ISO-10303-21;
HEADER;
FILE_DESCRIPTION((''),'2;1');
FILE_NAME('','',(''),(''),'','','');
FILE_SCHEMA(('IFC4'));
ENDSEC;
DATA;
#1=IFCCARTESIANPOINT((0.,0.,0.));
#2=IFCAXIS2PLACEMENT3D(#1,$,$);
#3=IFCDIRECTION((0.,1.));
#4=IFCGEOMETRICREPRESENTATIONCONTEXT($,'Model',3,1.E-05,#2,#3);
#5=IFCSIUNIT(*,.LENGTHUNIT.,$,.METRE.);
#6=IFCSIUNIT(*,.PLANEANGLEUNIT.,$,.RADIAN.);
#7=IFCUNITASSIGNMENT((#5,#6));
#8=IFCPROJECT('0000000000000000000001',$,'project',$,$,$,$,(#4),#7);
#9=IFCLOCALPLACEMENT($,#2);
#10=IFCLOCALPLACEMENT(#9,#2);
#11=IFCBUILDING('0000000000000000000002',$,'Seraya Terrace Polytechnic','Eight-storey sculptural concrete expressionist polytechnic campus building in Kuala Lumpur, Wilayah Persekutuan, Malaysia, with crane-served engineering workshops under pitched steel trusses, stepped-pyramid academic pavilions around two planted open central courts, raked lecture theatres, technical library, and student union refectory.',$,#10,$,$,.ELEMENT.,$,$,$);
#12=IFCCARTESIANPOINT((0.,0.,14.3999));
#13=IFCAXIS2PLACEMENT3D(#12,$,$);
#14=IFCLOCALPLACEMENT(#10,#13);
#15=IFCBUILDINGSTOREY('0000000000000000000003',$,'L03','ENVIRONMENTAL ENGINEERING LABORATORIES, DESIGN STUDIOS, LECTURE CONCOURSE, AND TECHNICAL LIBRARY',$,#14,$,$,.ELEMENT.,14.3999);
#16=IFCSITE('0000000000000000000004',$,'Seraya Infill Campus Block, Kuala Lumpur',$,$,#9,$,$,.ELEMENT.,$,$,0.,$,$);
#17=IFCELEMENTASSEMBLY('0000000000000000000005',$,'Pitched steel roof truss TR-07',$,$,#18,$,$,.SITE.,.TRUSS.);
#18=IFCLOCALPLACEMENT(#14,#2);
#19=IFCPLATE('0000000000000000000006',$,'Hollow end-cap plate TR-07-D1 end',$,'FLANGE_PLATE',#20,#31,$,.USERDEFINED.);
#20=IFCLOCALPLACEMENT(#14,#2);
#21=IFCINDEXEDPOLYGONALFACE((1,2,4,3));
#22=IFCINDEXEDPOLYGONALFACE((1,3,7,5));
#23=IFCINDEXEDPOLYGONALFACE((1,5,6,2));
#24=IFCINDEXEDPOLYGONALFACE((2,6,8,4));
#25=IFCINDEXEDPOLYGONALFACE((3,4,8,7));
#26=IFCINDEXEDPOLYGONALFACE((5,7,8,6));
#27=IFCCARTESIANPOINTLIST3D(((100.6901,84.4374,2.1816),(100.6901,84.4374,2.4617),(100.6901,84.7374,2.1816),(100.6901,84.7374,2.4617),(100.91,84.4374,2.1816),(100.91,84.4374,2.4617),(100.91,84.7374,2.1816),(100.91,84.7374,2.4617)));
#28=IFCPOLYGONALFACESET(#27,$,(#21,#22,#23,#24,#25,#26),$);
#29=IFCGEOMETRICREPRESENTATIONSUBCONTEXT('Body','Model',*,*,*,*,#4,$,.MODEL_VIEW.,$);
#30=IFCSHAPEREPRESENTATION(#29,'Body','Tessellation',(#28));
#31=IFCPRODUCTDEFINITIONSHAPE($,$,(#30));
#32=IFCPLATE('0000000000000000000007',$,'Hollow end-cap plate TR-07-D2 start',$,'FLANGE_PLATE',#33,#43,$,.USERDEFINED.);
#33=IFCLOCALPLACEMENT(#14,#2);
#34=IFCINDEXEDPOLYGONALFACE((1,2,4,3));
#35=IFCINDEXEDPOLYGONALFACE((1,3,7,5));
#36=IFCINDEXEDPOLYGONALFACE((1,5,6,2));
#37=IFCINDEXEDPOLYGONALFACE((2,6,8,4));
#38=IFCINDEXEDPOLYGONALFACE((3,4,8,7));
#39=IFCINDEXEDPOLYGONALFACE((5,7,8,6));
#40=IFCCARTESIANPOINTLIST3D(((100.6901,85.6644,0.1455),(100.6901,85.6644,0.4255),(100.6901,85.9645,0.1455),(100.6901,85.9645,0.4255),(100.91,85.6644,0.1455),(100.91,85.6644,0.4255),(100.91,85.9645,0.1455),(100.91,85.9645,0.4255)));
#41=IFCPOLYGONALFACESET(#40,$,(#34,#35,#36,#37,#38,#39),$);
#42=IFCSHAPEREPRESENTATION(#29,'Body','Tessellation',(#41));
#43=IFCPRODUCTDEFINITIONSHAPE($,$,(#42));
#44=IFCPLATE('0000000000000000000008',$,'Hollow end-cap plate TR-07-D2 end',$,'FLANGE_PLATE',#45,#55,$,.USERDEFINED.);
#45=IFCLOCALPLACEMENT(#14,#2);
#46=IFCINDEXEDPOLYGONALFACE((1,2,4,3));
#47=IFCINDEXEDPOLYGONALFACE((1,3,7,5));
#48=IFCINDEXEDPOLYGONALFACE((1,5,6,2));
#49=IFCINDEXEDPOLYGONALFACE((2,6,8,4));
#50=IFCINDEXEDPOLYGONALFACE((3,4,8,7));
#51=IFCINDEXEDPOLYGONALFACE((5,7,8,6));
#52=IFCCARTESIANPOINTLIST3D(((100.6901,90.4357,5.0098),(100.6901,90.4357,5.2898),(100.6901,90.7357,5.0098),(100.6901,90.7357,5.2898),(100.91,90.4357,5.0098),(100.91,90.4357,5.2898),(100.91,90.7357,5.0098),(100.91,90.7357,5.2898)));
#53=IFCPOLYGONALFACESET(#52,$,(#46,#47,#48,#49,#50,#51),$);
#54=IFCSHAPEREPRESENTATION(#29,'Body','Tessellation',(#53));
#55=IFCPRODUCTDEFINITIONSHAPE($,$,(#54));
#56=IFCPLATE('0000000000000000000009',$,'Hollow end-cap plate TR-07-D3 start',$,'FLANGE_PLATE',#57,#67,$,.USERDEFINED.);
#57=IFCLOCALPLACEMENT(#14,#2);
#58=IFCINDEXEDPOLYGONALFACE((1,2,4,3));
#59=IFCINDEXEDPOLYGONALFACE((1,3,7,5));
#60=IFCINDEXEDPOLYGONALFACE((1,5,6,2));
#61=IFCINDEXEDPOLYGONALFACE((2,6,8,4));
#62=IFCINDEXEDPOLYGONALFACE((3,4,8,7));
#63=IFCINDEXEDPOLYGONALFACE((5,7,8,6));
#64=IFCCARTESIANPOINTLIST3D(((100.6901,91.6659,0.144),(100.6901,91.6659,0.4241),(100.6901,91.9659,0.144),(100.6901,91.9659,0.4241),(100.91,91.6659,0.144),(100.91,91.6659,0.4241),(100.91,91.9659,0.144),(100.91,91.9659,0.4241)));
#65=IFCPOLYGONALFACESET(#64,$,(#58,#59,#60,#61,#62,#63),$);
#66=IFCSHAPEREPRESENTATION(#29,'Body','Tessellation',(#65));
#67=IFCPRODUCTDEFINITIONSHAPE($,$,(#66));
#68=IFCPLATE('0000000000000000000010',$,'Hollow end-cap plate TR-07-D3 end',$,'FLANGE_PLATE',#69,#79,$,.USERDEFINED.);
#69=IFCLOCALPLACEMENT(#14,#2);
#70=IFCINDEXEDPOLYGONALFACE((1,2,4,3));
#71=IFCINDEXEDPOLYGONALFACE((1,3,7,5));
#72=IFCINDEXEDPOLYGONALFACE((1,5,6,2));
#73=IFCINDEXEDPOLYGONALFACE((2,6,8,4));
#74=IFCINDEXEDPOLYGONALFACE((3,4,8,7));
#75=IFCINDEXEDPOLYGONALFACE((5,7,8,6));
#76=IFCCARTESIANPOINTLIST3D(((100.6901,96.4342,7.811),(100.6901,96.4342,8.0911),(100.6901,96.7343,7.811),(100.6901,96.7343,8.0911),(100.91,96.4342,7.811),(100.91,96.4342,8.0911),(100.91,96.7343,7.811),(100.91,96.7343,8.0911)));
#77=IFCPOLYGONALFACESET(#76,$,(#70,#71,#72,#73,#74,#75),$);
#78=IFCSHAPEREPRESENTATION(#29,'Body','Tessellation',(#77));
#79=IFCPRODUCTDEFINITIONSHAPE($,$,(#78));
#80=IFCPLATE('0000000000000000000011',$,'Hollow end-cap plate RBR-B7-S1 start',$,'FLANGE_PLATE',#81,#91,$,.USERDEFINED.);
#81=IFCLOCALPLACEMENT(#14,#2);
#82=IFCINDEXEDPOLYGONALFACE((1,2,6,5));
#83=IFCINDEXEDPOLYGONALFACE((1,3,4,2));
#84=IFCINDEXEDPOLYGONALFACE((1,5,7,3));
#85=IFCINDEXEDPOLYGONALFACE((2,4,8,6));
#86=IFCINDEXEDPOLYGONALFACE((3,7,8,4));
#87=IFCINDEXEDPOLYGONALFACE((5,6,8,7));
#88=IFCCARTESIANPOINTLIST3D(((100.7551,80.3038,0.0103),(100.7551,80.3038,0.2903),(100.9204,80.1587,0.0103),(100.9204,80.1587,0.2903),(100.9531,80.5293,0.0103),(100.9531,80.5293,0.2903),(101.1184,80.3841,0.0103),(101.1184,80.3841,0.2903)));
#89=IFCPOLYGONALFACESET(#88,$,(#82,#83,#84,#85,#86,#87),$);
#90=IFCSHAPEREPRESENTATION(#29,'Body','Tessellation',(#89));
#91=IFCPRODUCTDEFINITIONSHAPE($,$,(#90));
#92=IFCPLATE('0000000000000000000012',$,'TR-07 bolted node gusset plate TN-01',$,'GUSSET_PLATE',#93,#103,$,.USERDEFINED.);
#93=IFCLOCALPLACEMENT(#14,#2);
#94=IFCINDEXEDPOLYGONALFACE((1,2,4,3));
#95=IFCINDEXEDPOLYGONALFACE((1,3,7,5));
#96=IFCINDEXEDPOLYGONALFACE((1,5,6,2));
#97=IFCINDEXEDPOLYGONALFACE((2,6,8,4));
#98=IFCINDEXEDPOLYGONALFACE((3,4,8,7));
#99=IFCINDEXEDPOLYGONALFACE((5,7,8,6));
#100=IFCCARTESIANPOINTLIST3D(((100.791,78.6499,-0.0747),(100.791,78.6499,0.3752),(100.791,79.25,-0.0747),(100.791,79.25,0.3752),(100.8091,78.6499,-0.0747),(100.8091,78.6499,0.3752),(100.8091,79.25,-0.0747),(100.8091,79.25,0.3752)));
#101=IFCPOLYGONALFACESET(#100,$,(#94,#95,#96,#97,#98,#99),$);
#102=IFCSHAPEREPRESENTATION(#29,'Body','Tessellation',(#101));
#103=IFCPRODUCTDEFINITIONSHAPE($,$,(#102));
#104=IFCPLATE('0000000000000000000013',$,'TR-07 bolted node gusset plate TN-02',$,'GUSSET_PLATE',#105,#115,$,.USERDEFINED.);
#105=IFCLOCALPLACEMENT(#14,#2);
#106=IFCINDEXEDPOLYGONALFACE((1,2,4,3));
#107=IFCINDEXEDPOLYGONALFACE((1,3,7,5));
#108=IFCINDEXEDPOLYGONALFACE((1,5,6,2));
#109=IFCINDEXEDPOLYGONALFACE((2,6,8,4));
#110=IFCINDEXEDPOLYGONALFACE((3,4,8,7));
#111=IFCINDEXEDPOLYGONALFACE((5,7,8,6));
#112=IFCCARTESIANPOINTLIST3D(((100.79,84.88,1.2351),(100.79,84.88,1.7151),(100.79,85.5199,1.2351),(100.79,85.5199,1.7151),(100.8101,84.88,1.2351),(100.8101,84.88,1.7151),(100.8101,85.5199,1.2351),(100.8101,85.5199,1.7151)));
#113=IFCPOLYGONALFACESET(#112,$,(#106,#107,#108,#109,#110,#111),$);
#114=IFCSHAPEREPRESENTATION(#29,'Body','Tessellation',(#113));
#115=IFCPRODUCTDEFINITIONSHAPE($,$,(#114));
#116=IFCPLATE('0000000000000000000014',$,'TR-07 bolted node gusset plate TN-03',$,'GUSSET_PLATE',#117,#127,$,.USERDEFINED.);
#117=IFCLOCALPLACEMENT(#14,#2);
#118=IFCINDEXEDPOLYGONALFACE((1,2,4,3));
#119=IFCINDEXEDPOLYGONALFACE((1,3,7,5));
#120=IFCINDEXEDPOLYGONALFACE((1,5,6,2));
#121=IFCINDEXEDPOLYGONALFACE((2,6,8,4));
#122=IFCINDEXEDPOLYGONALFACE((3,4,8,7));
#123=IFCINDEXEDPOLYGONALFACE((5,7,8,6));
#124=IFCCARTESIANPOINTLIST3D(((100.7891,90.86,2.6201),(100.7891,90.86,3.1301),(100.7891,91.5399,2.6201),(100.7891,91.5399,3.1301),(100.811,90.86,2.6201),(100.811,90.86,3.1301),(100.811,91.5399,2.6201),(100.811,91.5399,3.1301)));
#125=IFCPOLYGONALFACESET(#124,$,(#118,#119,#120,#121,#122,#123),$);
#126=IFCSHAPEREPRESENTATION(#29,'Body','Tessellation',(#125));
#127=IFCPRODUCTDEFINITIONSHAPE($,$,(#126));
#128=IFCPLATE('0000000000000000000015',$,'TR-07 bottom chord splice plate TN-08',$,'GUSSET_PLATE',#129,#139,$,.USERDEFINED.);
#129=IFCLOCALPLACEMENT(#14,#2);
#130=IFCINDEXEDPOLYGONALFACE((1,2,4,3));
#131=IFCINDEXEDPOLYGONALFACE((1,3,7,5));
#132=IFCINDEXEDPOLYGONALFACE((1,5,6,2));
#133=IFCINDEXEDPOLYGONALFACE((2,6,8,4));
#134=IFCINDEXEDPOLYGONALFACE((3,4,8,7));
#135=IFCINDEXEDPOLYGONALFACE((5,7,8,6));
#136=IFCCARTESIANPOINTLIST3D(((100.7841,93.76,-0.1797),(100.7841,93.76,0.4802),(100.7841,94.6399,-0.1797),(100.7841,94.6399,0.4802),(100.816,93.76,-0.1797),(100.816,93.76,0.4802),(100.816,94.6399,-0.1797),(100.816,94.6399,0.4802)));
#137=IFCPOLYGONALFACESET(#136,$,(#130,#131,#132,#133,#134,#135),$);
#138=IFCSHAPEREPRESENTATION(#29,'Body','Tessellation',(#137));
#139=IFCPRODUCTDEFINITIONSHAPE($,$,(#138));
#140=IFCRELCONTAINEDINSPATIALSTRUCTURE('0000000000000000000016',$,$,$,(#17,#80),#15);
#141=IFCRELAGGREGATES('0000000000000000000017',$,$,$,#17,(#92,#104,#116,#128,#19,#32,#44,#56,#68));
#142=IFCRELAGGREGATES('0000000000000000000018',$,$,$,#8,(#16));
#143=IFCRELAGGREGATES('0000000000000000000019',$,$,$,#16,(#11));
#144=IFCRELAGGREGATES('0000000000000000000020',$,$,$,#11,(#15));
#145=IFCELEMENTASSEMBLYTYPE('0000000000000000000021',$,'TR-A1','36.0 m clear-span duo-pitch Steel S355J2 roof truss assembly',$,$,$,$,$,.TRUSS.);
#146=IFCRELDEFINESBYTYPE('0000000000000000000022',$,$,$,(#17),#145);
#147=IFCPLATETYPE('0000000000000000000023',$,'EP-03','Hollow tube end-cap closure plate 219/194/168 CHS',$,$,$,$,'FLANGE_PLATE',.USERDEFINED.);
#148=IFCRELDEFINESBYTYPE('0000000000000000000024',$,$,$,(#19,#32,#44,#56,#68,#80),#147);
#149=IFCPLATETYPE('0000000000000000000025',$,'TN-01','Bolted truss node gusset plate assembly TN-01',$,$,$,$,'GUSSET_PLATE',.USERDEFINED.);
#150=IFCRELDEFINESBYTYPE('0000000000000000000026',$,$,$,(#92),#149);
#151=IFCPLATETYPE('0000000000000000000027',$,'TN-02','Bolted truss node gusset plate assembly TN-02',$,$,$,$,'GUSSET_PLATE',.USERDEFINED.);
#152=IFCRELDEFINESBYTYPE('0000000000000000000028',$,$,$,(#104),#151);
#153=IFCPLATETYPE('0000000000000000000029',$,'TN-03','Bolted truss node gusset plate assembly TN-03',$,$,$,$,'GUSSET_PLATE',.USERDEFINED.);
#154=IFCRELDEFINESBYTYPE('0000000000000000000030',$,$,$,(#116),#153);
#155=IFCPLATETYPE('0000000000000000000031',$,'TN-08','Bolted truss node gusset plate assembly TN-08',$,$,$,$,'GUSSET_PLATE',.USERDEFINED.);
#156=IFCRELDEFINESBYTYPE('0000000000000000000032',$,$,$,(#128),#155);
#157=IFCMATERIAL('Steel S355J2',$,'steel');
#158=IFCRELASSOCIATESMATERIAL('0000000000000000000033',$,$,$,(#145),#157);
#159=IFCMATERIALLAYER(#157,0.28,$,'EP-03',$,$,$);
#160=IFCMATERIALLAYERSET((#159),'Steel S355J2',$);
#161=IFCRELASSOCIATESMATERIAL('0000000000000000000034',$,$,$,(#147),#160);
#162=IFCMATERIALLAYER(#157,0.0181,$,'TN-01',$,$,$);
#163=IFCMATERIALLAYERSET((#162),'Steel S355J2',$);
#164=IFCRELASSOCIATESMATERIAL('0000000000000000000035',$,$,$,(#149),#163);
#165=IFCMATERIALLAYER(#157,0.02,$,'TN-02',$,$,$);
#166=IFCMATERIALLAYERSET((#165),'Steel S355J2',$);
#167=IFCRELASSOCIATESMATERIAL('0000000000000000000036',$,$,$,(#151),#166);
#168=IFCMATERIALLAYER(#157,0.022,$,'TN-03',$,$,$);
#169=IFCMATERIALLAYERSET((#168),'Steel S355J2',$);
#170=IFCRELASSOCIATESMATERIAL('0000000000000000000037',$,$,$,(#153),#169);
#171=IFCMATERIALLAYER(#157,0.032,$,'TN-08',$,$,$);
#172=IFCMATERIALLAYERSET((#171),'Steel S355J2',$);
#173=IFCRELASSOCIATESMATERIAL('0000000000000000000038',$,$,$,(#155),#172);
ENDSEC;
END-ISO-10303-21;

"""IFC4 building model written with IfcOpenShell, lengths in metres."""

from ifc_helpers import new_model, si_unit, direction, frame, origin, origin_2d, place, context, subcontext, project, spatial, rectangle, extrude, material, layer, layer_set, type_object, element, aggregate, save


model = new_model("IFC4")

# Units and contexts
model_context = context("Model", 3, precision=1e-05, world=origin(), true_north=direction((0.0, 1.0)))
body_context = subcontext(model_context, "Body", "Model", "MODEL_VIEW")
ifc_project = project(units=[si_unit("LENGTHUNIT", "METRE"), si_unit("PLANEANGLEUNIT", "RADIAN")], contexts=[model_context])

# Site, building, storey
site_placement = place(None, origin())
site = spatial("IfcSite", under=ifc_project, at=site_placement, Name="Seraya Infill Campus Block, Kuala Lumpur", CompositionType="ELEMENT", RefElevation=0.0)
building_placement = place(site_placement, origin())
building = spatial("IfcBuilding", under=site, at=building_placement, Name="Seraya Terrace Polytechnic", Description="Eight-storey sculptural concrete expressionist polytechnic campus building in Kuala Lumpur, Wilayah Persekutuan, Malaysia, with crane-served engineering workshops under pitched steel trusses, stepped-pyramid academic pavilions around two planted open central courts, raked lecture theatres, technical library, and student union refectory.", CompositionType="ELEMENT")
storey_placement = place(building_placement, frame((0.0, 0.0, 14.3999)))
storey = spatial("IfcBuildingStorey", under=building, at=storey_placement, Name="L03", Description="ENVIRONMENTAL ENGINEERING LABORATORIES, DESIGN STUDIOS, LECTURE CONCOURSE, AND TECHNICAL LIBRARY", CompositionType="ELEMENT", Elevation=14.3999)

# Element assembly
ifc_material_1 = material(Name="Steel S355J2", Category="steel")
element_assembly_type = type_object("IfcElementAssemblyType", Name="TR-A1", Description="36.0 m clear-span duo-pitch Steel S355J2 roof truss assembly", PredefinedType="TRUSS", material=ifc_material_1)
assembly_placement = place(storey_placement, origin())
assembly = element("IfcElementAssembly", 1, at=assembly_placement, inside=storey, type_object=element_assembly_type, Name="Pitched steel roof truss TR-07", AssemblyPlace="SITE", PredefinedType="TRUSS")

# Plates
ifc_layer_1 = layer(ifc_material_1, 0.28, Name="EP-03")
ifc_layer_set_1 = layer_set([ifc_layer_1], Name="Steel S355J2")
plate_type_1 = type_object("IfcPlateType", Name="EP-03", Description="Hollow tube end-cap closure plate 219/194/168 CHS", ElementType="FLANGE_PLATE", PredefinedType="USERDEFINED", material=ifc_layer_set_1)
plate_1_placement = place(storey_placement, frame((100.8, 84.5874, 2.1816), z_axis=(0.0, 0.0, 1.0), x_axis=(0.0, 1.0, 0.0)))
plate_1 = element("IfcPlate", 2, at=plate_1_placement, type_object=plate_type_1, Name="Hollow end-cap plate TR-07-D1 end", ObjectType="FLANGE_PLATE", PredefinedType="USERDEFINED", context=body_context, shape_type="SweptSolid", body=[
    extrude(rectangle(XDim=0.3, YDim=0.22, at=origin_2d()), origin(), (0.0, 0.0, 1.0), 0.28),
])
plate_2_placement = place(storey_placement, frame((100.8, 85.8145, 0.1455), z_axis=(0.0, 0.0, 1.0), x_axis=(0.0, 1.0, 0.0)))
plate_2 = element("IfcPlate", 3, at=plate_2_placement, type_object=plate_type_1, Name="Hollow end-cap plate TR-07-D2 start", ObjectType="FLANGE_PLATE", PredefinedType="USERDEFINED", context=body_context, shape_type="SweptSolid", body=[
    extrude(rectangle(XDim=0.3, YDim=0.22, at=origin_2d()), origin(), (0.0, 0.0, 1.0), 0.28),
])
plate_3_placement = place(storey_placement, frame((100.8, 90.5857, 5.0098), z_axis=(0.0, 0.0, 1.0), x_axis=(0.0, 1.0, 0.0)))
plate_3 = element("IfcPlate", 4, at=plate_3_placement, type_object=plate_type_1, Name="Hollow end-cap plate TR-07-D2 end", ObjectType="FLANGE_PLATE", PredefinedType="USERDEFINED", context=body_context, shape_type="SweptSolid", body=[
    extrude(rectangle(XDim=0.3, YDim=0.22, at=origin_2d()), origin(), (0.0, 0.0, 1.0), 0.28),
])
plate_4_placement = place(storey_placement, frame((100.8, 91.8159, 0.144), z_axis=(0.0, 0.0, 1.0), x_axis=(0.0, 1.0, 0.0)))
plate_4 = element("IfcPlate", 5, at=plate_4_placement, type_object=plate_type_1, Name="Hollow end-cap plate TR-07-D3 start", ObjectType="FLANGE_PLATE", PredefinedType="USERDEFINED", context=body_context, shape_type="SweptSolid", body=[
    extrude(rectangle(XDim=0.3, YDim=0.22, at=origin_2d()), origin(), (0.0, 0.0, 1.0), 0.28),
])
plate_5_placement = place(storey_placement, frame((100.8, 96.5842, 7.811), z_axis=(0.0, 0.0, 1.0), x_axis=(0.0, 1.0, 0.0)))
plate_5 = element("IfcPlate", 6, at=plate_5_placement, type_object=plate_type_1, Name="Hollow end-cap plate TR-07-D3 end", ObjectType="FLANGE_PLATE", PredefinedType="USERDEFINED", context=body_context, shape_type="SweptSolid", body=[
    extrude(rectangle(XDim=0.3, YDim=0.22, at=origin_2d()), origin(), (0.0, 0.0, 1.0), 0.28),
])
plate_6_placement = place(storey_placement, frame((100.9368, 80.344, 0.0103), z_axis=(0.0, 0.0, 1.0), x_axis=(0.659871, 0.751379, 0.0)))
element("IfcPlate", 7, at=plate_6_placement, inside=storey, type_object=plate_type_1, Name="Hollow end-cap plate RBR-B7-S1 start", ObjectType="FLANGE_PLATE", PredefinedType="USERDEFINED", context=body_context, shape_type="SweptSolid", body=[
    extrude(rectangle(XDim=0.3, YDim=0.22, at=origin_2d()), origin(), (0.0, 0.0, 1.0), 0.28),
])
ifc_layer_2 = layer(ifc_material_1, 0.0181, Name="TN-01")
ifc_layer_set_2 = layer_set([ifc_layer_2], Name="Steel S355J2")
plate_type_2 = type_object("IfcPlateType", Name="TN-01", Description="Bolted truss node gusset plate assembly TN-01", ElementType="GUSSET_PLATE", PredefinedType="USERDEFINED", material=ifc_layer_set_2)
plate_7_placement = place(storey_placement, frame((100.8, 78.95, -0.0747), z_axis=(0.0, 0.0, 1.0), x_axis=(0.0, 1.0, 0.0)))
plate_7 = element("IfcPlate", 8, at=plate_7_placement, type_object=plate_type_2, Name="TR-07 bolted node gusset plate TN-01", ObjectType="GUSSET_PLATE", PredefinedType="USERDEFINED", context=body_context, shape_type="SweptSolid", body=[
    extrude(rectangle(XDim=0.6001, YDim=0.0181, at=origin_2d()), origin(), (0.0, 0.0, 1.0), 0.45),
])
ifc_layer_3 = layer(ifc_material_1, 0.02, Name="TN-02")
ifc_layer_set_3 = layer_set([ifc_layer_3], Name="Steel S355J2")
plate_type_3 = type_object("IfcPlateType", Name="TN-02", Description="Bolted truss node gusset plate assembly TN-02", ElementType="GUSSET_PLATE", PredefinedType="USERDEFINED", material=ifc_layer_set_3)
plate_8_placement = place(storey_placement, frame((100.8, 85.2, 1.2351), z_axis=(0.0, 0.0, 1.0), x_axis=(0.0, 1.0, 0.0)))
plate_8 = element("IfcPlate", 9, at=plate_8_placement, type_object=plate_type_3, Name="TR-07 bolted node gusset plate TN-02", ObjectType="GUSSET_PLATE", PredefinedType="USERDEFINED", context=body_context, shape_type="SweptSolid", body=[
    extrude(rectangle(XDim=0.6399, YDim=0.02, at=origin_2d()), origin(), (0.0, 0.0, 1.0), 0.48),
])
ifc_layer_4 = layer(ifc_material_1, 0.022, Name="TN-03")
ifc_layer_set_4 = layer_set([ifc_layer_4], Name="Steel S355J2")
plate_type_4 = type_object("IfcPlateType", Name="TN-03", Description="Bolted truss node gusset plate assembly TN-03", ElementType="GUSSET_PLATE", PredefinedType="USERDEFINED", material=ifc_layer_set_4)
plate_9_placement = place(storey_placement, frame((100.8, 91.2, 2.6201), z_axis=(0.0, 0.0, 1.0), x_axis=(0.0, 1.0, 0.0)))
plate_9 = element("IfcPlate", 10, at=plate_9_placement, type_object=plate_type_4, Name="TR-07 bolted node gusset plate TN-03", ObjectType="GUSSET_PLATE", PredefinedType="USERDEFINED", context=body_context, shape_type="SweptSolid", body=[
    extrude(rectangle(XDim=0.6799, YDim=0.022, at=origin_2d()), origin(), (0.0, 0.0, 1.0), 0.51),
])
ifc_layer_5 = layer(ifc_material_1, 0.032, Name="TN-08")
ifc_layer_set_5 = layer_set([ifc_layer_5], Name="Steel S355J2")
plate_type_5 = type_object("IfcPlateType", Name="TN-08", Description="Bolted truss node gusset plate assembly TN-08", ElementType="GUSSET_PLATE", PredefinedType="USERDEFINED", material=ifc_layer_set_5)
plate_10_placement = place(storey_placement, frame((100.8, 94.2, -0.1797), z_axis=(0.0, 0.0, 1.0), x_axis=(0.0, 1.0, 0.0)))
plate_10 = element("IfcPlate", 11, at=plate_10_placement, type_object=plate_type_5, Name="TR-07 bottom chord splice plate TN-08", ObjectType="GUSSET_PLATE", PredefinedType="USERDEFINED", context=body_context, shape_type="SweptSolid", body=[
    extrude(rectangle(XDim=0.8799, YDim=0.032, at=origin_2d()), origin(), (0.0, 0.0, 1.0), 0.6599),
])
aggregate(assembly, [plate_7, plate_8, plate_9, plate_10, plate_1, plate_2, plate_3, plate_4, plate_5])

save(model, "model.ifc")
